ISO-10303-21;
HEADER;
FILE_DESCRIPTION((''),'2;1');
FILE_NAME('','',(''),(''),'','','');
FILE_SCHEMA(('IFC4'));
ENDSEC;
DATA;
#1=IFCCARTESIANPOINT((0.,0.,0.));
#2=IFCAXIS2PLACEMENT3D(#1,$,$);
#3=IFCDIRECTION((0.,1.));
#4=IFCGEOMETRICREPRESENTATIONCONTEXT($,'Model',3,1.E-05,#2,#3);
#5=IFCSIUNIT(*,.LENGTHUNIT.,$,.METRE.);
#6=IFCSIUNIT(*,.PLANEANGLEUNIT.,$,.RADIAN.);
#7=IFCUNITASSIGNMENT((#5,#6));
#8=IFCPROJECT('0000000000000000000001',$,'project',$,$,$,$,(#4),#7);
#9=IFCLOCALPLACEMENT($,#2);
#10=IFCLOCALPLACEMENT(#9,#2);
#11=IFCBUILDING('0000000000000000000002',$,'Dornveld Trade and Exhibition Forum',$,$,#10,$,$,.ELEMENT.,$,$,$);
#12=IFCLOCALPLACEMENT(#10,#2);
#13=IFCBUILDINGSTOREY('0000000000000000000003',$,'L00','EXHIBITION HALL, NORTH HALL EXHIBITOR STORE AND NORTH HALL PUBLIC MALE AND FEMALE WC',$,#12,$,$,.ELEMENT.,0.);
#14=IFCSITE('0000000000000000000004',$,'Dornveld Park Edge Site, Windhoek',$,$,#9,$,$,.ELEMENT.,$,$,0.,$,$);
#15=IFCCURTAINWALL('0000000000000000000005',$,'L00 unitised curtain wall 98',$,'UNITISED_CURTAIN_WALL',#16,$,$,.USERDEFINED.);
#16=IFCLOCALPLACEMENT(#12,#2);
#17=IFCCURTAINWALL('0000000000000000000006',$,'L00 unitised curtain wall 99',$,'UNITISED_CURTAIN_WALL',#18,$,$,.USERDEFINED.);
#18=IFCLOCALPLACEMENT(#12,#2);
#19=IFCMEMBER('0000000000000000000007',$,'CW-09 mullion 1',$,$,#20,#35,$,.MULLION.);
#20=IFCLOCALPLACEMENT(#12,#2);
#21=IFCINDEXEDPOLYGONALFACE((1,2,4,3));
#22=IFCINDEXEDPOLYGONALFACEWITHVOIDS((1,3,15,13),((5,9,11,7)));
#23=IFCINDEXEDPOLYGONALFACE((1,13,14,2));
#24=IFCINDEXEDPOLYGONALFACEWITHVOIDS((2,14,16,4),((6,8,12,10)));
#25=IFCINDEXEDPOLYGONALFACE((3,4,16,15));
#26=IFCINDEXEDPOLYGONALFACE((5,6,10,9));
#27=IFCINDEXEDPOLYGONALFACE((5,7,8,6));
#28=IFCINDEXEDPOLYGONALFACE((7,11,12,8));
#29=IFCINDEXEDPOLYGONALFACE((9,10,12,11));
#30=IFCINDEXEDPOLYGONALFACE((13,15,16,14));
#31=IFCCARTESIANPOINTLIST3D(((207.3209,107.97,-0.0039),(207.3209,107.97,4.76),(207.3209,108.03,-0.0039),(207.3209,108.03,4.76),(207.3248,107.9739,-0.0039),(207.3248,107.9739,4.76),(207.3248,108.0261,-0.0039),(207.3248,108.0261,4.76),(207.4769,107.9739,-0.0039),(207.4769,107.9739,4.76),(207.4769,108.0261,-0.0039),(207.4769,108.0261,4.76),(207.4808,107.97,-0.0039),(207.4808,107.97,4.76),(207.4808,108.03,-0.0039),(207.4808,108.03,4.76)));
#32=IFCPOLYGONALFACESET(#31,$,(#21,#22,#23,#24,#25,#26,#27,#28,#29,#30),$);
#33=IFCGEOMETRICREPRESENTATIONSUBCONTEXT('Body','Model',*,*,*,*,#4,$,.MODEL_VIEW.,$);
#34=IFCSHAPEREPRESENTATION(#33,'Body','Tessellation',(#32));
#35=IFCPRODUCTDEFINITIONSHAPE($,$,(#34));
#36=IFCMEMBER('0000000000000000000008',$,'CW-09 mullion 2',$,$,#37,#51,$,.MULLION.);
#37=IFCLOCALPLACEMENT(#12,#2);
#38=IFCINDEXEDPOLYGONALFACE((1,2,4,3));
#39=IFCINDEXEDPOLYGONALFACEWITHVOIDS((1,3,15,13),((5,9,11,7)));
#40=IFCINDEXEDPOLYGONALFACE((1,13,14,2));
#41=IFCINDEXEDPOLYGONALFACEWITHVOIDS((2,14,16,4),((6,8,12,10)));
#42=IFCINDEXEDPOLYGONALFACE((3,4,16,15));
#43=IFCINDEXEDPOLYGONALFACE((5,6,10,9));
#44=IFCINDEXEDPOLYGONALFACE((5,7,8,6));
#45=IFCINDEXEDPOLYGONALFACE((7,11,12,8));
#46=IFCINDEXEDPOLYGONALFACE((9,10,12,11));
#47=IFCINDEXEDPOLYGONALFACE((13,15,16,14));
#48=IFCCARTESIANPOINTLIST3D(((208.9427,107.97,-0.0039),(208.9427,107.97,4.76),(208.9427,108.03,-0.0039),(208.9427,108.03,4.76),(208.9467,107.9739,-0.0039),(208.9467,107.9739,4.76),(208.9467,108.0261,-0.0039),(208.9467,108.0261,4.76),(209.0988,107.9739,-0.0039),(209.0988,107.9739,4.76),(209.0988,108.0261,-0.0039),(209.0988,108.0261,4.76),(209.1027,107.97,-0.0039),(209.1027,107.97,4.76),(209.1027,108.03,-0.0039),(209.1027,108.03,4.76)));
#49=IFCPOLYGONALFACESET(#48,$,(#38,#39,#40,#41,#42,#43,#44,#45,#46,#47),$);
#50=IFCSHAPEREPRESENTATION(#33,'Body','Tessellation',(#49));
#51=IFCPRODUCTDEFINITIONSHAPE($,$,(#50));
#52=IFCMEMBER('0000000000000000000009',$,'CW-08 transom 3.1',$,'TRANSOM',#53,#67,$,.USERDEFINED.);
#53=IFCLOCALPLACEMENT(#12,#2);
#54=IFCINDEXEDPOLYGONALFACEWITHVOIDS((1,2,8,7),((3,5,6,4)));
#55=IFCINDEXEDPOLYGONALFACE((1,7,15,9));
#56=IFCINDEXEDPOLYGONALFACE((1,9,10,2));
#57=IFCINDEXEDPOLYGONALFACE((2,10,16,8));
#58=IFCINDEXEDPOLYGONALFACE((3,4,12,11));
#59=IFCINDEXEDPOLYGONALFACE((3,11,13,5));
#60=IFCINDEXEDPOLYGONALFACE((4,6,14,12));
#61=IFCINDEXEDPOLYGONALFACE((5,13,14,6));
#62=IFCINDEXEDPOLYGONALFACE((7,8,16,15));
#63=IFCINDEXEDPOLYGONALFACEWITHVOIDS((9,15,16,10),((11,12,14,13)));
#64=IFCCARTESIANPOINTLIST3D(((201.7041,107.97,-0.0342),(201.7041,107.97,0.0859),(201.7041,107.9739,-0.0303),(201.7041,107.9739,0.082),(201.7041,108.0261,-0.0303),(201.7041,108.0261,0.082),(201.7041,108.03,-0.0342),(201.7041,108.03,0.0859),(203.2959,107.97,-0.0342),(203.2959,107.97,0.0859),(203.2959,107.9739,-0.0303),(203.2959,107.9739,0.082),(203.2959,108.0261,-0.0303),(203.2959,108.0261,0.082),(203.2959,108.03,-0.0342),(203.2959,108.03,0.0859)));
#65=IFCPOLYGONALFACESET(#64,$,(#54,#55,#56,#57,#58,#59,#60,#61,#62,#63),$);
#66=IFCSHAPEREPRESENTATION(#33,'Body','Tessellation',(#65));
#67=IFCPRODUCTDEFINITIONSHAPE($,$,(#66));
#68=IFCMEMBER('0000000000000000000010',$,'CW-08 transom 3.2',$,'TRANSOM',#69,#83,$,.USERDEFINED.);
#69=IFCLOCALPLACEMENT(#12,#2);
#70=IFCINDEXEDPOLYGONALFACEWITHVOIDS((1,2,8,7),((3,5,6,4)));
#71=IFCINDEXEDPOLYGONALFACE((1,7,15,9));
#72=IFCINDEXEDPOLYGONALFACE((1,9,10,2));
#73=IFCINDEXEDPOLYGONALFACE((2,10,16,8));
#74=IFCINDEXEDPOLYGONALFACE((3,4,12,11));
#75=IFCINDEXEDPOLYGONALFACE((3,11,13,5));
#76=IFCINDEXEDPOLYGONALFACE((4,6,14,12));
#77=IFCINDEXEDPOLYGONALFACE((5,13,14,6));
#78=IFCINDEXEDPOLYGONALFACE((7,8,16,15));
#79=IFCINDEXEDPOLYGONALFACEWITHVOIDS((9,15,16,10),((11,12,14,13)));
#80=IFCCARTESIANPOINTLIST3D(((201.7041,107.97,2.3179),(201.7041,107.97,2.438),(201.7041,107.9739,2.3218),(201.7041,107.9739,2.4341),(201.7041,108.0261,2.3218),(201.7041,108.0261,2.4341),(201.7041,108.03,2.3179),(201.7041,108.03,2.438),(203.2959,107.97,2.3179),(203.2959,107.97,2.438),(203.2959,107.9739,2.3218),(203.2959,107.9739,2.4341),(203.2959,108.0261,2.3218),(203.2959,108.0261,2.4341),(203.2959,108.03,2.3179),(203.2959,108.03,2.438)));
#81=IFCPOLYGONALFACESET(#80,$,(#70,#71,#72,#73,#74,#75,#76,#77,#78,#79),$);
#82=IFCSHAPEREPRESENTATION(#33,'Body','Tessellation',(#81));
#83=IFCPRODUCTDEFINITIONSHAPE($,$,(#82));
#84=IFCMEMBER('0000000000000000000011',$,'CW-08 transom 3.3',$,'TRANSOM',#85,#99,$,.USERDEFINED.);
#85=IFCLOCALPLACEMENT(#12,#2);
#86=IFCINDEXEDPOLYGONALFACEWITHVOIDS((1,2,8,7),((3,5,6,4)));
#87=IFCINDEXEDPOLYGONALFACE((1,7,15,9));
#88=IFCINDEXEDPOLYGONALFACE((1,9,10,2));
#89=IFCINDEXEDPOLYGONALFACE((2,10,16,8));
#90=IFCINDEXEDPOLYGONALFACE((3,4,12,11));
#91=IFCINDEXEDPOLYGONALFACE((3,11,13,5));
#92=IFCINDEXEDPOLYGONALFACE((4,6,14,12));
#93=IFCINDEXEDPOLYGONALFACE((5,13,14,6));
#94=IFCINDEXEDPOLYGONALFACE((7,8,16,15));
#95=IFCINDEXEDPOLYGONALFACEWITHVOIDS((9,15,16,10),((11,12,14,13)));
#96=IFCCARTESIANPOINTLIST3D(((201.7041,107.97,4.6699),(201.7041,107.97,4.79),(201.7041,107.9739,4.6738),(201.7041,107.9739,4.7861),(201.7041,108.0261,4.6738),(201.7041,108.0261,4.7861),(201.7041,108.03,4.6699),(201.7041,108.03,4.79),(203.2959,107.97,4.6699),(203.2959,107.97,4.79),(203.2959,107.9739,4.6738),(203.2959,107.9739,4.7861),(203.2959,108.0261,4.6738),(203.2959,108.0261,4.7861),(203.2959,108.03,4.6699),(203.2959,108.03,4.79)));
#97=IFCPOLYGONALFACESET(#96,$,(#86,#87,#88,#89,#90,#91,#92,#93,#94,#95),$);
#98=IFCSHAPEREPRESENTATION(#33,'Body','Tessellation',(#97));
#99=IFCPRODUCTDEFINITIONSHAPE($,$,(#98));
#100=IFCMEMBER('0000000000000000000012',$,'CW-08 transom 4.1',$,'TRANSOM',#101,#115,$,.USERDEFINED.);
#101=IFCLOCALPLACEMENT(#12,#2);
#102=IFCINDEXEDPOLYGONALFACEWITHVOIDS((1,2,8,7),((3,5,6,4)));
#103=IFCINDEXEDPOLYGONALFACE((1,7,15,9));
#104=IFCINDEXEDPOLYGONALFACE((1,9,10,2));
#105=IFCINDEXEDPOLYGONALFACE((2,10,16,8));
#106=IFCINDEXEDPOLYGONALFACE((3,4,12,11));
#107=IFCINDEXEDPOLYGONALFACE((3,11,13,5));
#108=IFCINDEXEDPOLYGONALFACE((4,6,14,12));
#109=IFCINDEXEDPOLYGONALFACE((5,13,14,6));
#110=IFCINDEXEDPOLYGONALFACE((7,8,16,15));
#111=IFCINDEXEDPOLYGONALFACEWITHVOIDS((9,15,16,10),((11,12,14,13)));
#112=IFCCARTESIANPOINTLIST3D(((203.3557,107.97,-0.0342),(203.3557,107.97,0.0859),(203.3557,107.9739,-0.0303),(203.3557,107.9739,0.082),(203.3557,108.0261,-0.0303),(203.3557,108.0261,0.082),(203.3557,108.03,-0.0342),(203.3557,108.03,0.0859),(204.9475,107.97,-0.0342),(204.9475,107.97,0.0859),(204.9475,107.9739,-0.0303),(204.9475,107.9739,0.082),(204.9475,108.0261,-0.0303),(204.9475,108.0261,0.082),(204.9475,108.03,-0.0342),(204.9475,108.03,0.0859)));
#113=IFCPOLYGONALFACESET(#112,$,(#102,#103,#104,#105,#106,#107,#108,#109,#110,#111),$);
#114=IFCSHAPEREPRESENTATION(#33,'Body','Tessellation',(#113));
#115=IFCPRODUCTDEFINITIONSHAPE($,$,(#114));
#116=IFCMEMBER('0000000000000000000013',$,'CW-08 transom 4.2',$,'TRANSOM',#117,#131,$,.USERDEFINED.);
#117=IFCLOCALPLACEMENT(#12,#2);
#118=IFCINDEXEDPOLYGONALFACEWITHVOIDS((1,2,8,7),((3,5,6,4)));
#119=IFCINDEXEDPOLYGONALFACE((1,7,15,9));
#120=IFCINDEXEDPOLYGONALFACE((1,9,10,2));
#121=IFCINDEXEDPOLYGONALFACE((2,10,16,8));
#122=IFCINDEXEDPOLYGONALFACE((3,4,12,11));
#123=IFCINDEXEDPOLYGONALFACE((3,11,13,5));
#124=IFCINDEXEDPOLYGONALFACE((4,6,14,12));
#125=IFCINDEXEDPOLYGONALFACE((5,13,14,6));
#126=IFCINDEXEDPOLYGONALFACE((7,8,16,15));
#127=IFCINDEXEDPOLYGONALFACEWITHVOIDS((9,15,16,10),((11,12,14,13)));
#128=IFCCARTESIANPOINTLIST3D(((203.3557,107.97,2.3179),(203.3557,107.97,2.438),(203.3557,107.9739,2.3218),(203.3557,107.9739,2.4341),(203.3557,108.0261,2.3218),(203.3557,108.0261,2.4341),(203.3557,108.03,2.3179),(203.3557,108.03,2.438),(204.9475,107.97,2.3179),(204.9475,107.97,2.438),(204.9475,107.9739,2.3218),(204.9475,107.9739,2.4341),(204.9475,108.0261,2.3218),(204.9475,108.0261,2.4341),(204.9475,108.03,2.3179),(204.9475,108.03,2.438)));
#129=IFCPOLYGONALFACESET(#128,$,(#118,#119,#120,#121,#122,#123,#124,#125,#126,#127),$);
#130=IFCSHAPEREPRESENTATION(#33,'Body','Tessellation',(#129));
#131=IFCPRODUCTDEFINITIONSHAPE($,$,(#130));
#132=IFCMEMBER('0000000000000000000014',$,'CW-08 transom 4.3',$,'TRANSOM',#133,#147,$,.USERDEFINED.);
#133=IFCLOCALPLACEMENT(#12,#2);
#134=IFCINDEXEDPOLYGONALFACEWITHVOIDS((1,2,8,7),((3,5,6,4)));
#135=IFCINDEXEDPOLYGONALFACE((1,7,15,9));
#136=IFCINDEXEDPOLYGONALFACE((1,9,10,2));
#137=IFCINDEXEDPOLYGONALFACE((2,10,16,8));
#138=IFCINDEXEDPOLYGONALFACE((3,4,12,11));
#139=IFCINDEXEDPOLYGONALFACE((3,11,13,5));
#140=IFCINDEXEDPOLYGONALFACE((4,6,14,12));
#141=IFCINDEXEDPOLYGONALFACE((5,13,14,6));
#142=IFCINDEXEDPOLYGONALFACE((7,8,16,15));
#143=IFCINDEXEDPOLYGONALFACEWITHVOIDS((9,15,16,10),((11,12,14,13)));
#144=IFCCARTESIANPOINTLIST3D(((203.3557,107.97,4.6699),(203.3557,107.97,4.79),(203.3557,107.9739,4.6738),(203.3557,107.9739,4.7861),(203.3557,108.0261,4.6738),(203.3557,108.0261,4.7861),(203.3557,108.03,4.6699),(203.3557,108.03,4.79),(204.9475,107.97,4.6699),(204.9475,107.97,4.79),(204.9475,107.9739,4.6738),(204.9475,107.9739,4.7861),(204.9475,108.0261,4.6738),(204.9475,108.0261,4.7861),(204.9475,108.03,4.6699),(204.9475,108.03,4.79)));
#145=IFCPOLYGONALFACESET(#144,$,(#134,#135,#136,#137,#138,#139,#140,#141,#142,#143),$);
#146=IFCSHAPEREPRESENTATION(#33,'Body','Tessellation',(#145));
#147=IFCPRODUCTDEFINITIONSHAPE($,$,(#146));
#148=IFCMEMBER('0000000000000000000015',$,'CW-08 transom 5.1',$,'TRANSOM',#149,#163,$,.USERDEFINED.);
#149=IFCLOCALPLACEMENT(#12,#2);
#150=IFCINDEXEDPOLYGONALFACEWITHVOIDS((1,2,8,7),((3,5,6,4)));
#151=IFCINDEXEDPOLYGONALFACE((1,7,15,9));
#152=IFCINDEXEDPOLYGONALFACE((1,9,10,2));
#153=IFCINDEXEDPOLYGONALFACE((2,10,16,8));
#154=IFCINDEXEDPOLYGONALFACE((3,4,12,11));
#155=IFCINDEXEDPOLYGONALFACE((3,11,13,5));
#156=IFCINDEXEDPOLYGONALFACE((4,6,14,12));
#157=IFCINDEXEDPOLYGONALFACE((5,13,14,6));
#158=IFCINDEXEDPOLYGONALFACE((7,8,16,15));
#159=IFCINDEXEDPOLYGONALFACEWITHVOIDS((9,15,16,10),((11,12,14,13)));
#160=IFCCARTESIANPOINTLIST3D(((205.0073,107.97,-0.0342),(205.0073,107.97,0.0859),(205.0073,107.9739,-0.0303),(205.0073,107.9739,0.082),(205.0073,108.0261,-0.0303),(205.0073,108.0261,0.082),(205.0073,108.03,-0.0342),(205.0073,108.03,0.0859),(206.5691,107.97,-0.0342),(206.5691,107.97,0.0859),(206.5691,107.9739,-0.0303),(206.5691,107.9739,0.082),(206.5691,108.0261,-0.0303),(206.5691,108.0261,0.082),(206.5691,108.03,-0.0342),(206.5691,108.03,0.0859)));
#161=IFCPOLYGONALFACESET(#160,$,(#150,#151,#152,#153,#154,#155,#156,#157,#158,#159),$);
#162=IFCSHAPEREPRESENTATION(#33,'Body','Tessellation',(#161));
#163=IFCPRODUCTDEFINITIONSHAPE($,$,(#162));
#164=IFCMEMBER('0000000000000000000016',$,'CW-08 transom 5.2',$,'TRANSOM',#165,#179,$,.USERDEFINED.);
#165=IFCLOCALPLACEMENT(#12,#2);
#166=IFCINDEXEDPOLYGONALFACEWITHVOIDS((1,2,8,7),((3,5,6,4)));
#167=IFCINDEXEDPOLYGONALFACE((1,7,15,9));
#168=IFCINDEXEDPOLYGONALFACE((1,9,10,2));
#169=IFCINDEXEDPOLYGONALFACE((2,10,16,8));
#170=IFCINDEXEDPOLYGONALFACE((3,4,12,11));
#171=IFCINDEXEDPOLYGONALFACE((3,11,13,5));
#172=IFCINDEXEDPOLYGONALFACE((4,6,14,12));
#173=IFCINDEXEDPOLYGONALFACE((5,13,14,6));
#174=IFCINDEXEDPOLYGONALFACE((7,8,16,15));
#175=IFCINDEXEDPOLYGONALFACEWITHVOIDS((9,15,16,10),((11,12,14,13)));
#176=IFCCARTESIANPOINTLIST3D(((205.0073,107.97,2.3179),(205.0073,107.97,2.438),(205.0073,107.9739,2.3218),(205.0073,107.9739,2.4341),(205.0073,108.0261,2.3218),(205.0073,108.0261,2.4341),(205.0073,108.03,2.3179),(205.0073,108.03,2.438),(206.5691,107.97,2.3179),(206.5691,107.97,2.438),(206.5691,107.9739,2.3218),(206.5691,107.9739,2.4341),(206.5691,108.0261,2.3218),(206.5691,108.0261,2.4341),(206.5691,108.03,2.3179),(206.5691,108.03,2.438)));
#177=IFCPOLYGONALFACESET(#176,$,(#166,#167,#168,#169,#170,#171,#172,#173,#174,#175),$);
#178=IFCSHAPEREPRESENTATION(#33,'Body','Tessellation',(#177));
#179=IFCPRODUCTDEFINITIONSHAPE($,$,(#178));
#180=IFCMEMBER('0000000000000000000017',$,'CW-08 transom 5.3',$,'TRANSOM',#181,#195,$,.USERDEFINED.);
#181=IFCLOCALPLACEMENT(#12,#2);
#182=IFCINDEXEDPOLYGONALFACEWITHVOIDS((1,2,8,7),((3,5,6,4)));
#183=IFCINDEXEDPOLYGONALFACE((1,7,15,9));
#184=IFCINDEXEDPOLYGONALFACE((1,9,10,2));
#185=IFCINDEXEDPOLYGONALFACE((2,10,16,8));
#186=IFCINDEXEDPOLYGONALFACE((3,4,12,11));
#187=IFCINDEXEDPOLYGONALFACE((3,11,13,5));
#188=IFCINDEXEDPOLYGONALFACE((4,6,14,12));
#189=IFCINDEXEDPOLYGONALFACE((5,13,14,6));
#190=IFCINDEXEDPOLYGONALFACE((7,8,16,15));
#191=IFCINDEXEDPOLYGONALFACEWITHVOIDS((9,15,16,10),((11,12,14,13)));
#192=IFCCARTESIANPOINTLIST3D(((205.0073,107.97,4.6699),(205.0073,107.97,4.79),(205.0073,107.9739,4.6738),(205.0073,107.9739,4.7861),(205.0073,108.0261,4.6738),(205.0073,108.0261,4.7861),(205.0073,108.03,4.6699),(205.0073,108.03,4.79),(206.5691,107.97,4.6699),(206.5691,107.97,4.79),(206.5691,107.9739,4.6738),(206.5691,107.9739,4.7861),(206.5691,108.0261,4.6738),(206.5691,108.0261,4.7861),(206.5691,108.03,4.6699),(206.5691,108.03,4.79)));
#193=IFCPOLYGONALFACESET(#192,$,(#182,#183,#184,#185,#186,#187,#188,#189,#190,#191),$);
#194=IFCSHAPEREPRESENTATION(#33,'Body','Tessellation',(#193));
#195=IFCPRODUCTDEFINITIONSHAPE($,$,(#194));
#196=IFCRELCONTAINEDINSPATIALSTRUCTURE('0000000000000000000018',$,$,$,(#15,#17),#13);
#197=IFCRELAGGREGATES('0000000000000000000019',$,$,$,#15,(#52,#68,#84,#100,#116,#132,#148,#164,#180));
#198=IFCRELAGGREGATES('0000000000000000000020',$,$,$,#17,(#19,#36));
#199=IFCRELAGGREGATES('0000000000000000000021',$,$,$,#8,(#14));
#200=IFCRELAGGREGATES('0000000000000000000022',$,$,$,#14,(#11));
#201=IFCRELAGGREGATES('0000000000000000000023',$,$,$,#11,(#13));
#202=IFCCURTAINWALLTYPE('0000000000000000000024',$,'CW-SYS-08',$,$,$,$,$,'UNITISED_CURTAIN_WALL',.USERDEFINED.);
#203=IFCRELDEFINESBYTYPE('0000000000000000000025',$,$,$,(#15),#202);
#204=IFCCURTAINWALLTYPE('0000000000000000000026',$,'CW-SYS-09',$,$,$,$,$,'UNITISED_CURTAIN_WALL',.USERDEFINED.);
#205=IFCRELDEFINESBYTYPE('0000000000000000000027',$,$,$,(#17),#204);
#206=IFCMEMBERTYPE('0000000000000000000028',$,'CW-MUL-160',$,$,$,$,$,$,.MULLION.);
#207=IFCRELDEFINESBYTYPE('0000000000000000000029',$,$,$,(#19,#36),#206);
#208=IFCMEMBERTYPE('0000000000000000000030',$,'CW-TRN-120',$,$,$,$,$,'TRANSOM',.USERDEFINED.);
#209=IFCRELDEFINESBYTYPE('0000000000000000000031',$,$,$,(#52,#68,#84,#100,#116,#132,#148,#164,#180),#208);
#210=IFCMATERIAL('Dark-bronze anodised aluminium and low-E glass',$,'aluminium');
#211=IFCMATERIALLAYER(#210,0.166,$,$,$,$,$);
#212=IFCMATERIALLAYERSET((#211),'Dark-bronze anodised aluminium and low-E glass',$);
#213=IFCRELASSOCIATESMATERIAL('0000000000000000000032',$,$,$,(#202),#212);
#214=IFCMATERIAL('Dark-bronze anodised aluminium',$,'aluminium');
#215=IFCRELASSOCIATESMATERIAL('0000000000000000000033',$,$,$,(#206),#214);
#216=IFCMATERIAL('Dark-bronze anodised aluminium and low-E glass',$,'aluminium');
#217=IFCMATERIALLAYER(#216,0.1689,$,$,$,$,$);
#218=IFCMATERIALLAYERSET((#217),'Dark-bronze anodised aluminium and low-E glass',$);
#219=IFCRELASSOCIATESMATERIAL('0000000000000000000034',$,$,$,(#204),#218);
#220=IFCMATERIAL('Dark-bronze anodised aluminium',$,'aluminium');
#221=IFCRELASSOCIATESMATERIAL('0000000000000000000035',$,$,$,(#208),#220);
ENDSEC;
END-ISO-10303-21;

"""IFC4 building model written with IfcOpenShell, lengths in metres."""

from ifc_helpers import new_model, si_unit, direction, frame, origin, origin_2d, place, context, subcontext, project, spatial, hollow_rectangle, extrude, material, layer, layer_set, material_profile, profile_set, type_object, element, aggregate, save


model = new_model("IFC4")

# Units and contexts
model_context = context("Model", 3, precision=1e-05, world=origin(), true_north=direction((0.0, 1.0)))
body_context = subcontext(model_context, "Body", "Model", "MODEL_VIEW")
ifc_project = project(units=[si_unit("LENGTHUNIT", "METRE"), si_unit("PLANEANGLEUNIT", "RADIAN")], contexts=[model_context])

# Site, building, storey
site_placement = place(None, origin())
site = spatial("IfcSite", under=ifc_project, at=site_placement, Name="Dornveld Park Edge Site, Windhoek", CompositionType="ELEMENT", RefElevation=0.0)
building_placement = place(site_placement, origin())
building = spatial("IfcBuilding", under=site, at=building_placement, Name="Dornveld Trade and Exhibition Forum", CompositionType="ELEMENT")
storey_placement = place(building_placement, origin())
storey = spatial("IfcBuildingStorey", under=building, at=storey_placement, Name="L00", Description="EXHIBITION HALL, NORTH HALL EXHIBITOR STORE AND NORTH HALL PUBLIC MALE AND FEMALE WC", CompositionType="ELEMENT", Elevation=0.0)

# Curtain walls, members
ifc_material_1 = material(Name="Dark-bronze anodised aluminium and low-E glass", Category="aluminium")
ifc_layer_1 = layer(ifc_material_1, 0.166)
ifc_layer_set_1 = layer_set([ifc_layer_1], Name="Dark-bronze anodised aluminium and low-E glass")
curtain_wall_type_1 = type_object("IfcCurtainWallType", Name="CW-SYS-08", ElementType="UNITISED_CURTAIN_WALL", PredefinedType="USERDEFINED", material=ifc_layer_set_1)
curtain_wall_1_placement = place(storey_placement, origin())
curtain_wall_1 = element("IfcCurtainWall", 1, at=curtain_wall_1_placement, inside=storey, type_object=curtain_wall_type_1, Name="L00 unitised curtain wall 98", ObjectType="UNITISED_CURTAIN_WALL", PredefinedType="USERDEFINED")
ifc_material_2 = material(Name="Dark-bronze anodised aluminium", Category="aluminium")
ifc_material_profile_1 = material_profile(ifc_material_2, hollow_rectangle(XDim=0.0601, YDim=0.1599, WallThickness=0.0039, at=origin_2d()), Name="RHS 160x60x4")
ifc_profile_set_1 = profile_set([ifc_material_profile_1], Name="Dark-bronze anodised aluminium")
member_type_1 = type_object("IfcMemberType", Name="CW-MUL-160", PredefinedType="MULLION", material=ifc_profile_set_1)
ifc_material_3 = material(Name="Dark-bronze anodised aluminium and low-E glass", Category="aluminium")
ifc_layer_2 = layer(ifc_material_3, 0.1689)
ifc_layer_set_2 = layer_set([ifc_layer_2], Name="Dark-bronze anodised aluminium and low-E glass")
curtain_wall_type_2 = type_object("IfcCurtainWallType", Name="CW-SYS-09", ElementType="UNITISED_CURTAIN_WALL", PredefinedType="USERDEFINED", material=ifc_layer_set_2)
curtain_wall_2_placement = place(storey_placement, origin())
curtain_wall_2 = element("IfcCurtainWall", 2, at=curtain_wall_2_placement, inside=storey, type_object=curtain_wall_type_2, Name="L00 unitised curtain wall 99", ObjectType="UNITISED_CURTAIN_WALL", PredefinedType="USERDEFINED")
member_1_placement = place(storey_placement, frame((207.4009, 108.0, -0.0039), z_axis=(0.0, 0.0, 1.0), x_axis=(0.0, 1.0, 0.0)))
member_1 = element("IfcMember", 3, at=member_1_placement, type_object=member_type_1, Name="CW-09 mullion 1", PredefinedType="MULLION", context=body_context, shape_type="SweptSolid", body=[
    extrude(hollow_rectangle(XDim=0.0601, YDim=0.1599, WallThickness=0.0039, at=origin_2d()), origin(), (0.0, 0.0, 1.0), 4.7639),
])
member_2_placement = place(storey_placement, frame((209.0227, 108.0, -0.0039), z_axis=(0.0, 0.0, 1.0), x_axis=(0.0, 1.0, 0.0)))
member_2 = element("IfcMember", 4, at=member_2_placement, type_object=member_type_1, Name="CW-09 mullion 2", PredefinedType="MULLION", context=body_context, shape_type="SweptSolid", body=[
    extrude(hollow_rectangle(XDim=0.0601, YDim=0.1599, WallThickness=0.0039, at=origin_2d()), origin(), (0.0, 0.0, 1.0), 4.7639),
])

# Members
ifc_material_4 = material(Name="Dark-bronze anodised aluminium", Category="aluminium")
ifc_material_profile_2 = material_profile(ifc_material_4, hollow_rectangle(XDim=0.0601, YDim=0.1201, WallThickness=0.0039, at=origin_2d()), Name="RHS 120x60x4")
ifc_profile_set_2 = profile_set([ifc_material_profile_2], Name="Dark-bronze anodised aluminium")
member_type_2 = type_object("IfcMemberType", Name="CW-TRN-120", ElementType="TRANSOM", PredefinedType="USERDEFINED", material=ifc_profile_set_2)
member_3_placement = place(storey_placement, frame((201.7041, 108.0, 0.0259), z_axis=(1.0, 0.0, 0.0), x_axis=(0.0, 1.0, 0.0)))
member_3 = element("IfcMember", 5, at=member_3_placement, type_object=member_type_2, Name="CW-08 transom 3.1", ObjectType="TRANSOM", PredefinedType="USERDEFINED", context=body_context, shape_type="SweptSolid", body=[
    extrude(hollow_rectangle(XDim=0.0601, YDim=0.1201, WallThickness=0.0039, at=origin_2d()), origin(), (0.0, 0.0, 1.0), 1.5918),
])
member_4_placement = place(storey_placement, frame((201.7041, 108.0, 2.3779), z_axis=(1.0, 0.0, 0.0), x_axis=(0.0, 1.0, 0.0)))
member_4 = element("IfcMember", 6, at=member_4_placement, type_object=member_type_2, Name="CW-08 transom 3.2", ObjectType="TRANSOM", PredefinedType="USERDEFINED", context=body_context, shape_type="SweptSolid", body=[
    extrude(hollow_rectangle(XDim=0.0601, YDim=0.1201, WallThickness=0.0039, at=origin_2d()), origin(), (0.0, 0.0, 1.0), 1.5918),
])
member_5_placement = place(storey_placement, frame((201.7041, 108.0, 4.73), z_axis=(1.0, 0.0, 0.0), x_axis=(0.0, 1.0, 0.0)))
member_5 = element("IfcMember", 7, at=member_5_placement, type_object=member_type_2, Name="CW-08 transom 3.3", ObjectType="TRANSOM", PredefinedType="USERDEFINED", context=body_context, shape_type="SweptSolid", body=[
    extrude(hollow_rectangle(XDim=0.0601, YDim=0.1201, WallThickness=0.0039, at=origin_2d()), origin(), (0.0, 0.0, 1.0), 1.5918),
])
member_6_placement = place(storey_placement, frame((203.3557, 108.0, 0.0259), z_axis=(1.0, 0.0, 0.0), x_axis=(0.0, 1.0, 0.0)))
member_6 = element("IfcMember", 8, at=member_6_placement, type_object=member_type_2, Name="CW-08 transom 4.1", ObjectType="TRANSOM", PredefinedType="USERDEFINED", context=body_context, shape_type="SweptSolid", body=[
    extrude(hollow_rectangle(XDim=0.0601, YDim=0.1201, WallThickness=0.0039, at=origin_2d()), origin(), (0.0, 0.0, 1.0), 1.5918),
])
member_7_placement = place(storey_placement, frame((203.3557, 108.0, 2.3779), z_axis=(1.0, 0.0, 0.0), x_axis=(0.0, 1.0, 0.0)))
member_7 = element("IfcMember", 9, at=member_7_placement, type_object=member_type_2, Name="CW-08 transom 4.2", ObjectType="TRANSOM", PredefinedType="USERDEFINED", context=body_context, shape_type="SweptSolid", body=[
    extrude(hollow_rectangle(XDim=0.0601, YDim=0.1201, WallThickness=0.0039, at=origin_2d()), origin(), (0.0, 0.0, 1.0), 1.5918),
])
member_8_placement = place(storey_placement, frame((203.3557, 108.0, 4.73), z_axis=(1.0, 0.0, 0.0), x_axis=(0.0, 1.0, 0.0)))
member_8 = element("IfcMember", 10, at=member_8_placement, type_object=member_type_2, Name="CW-08 transom 4.3", ObjectType="TRANSOM", PredefinedType="USERDEFINED", context=body_context, shape_type="SweptSolid", body=[
    extrude(hollow_rectangle(XDim=0.0601, YDim=0.1201, WallThickness=0.0039, at=origin_2d()), origin(), (0.0, 0.0, 1.0), 1.5918),
])
member_9_placement = place(storey_placement, frame((205.0073, 108.0, 0.0259), z_axis=(1.0, 0.0, 0.0), x_axis=(0.0, 1.0, 0.0)))
member_9 = element("IfcMember", 11, at=member_9_placement, type_object=member_type_2, Name="CW-08 transom 5.1", ObjectType="TRANSOM", PredefinedType="USERDEFINED", context=body_context, shape_type="SweptSolid", body=[
    extrude(hollow_rectangle(XDim=0.0601, YDim=0.1201, WallThickness=0.0039, at=origin_2d()), origin(), (0.0, 0.0, 1.0), 1.5618),
])
member_10_placement = place(storey_placement, frame((205.0073, 108.0, 2.3779), z_axis=(1.0, 0.0, 0.0), x_axis=(0.0, 1.0, 0.0)))
member_10 = element("IfcMember", 12, at=member_10_placement, type_object=member_type_2, Name="CW-08 transom 5.2", ObjectType="TRANSOM", PredefinedType="USERDEFINED", context=body_context, shape_type="SweptSolid", body=[
    extrude(hollow_rectangle(XDim=0.0601, YDim=0.1201, WallThickness=0.0039, at=origin_2d()), origin(), (0.0, 0.0, 1.0), 1.5618),
])
member_11_placement = place(storey_placement, frame((205.0073, 108.0, 4.73), z_axis=(1.0, 0.0, 0.0), x_axis=(0.0, 1.0, 0.0)))
member_11 = element("IfcMember", 13, at=member_11_placement, type_object=member_type_2, Name="CW-08 transom 5.3", ObjectType="TRANSOM", PredefinedType="USERDEFINED", context=body_context, shape_type="SweptSolid", body=[
    extrude(hollow_rectangle(XDim=0.0601, YDim=0.1201, WallThickness=0.0039, at=origin_2d()), origin(), (0.0, 0.0, 1.0), 1.5618),
])

aggregate(curtain_wall_1, [member_3, member_4, member_5, member_6, member_7, member_8, member_9, member_10, member_11])
aggregate(curtain_wall_2, [member_1, member_2])

save(model, "model.ifc")
